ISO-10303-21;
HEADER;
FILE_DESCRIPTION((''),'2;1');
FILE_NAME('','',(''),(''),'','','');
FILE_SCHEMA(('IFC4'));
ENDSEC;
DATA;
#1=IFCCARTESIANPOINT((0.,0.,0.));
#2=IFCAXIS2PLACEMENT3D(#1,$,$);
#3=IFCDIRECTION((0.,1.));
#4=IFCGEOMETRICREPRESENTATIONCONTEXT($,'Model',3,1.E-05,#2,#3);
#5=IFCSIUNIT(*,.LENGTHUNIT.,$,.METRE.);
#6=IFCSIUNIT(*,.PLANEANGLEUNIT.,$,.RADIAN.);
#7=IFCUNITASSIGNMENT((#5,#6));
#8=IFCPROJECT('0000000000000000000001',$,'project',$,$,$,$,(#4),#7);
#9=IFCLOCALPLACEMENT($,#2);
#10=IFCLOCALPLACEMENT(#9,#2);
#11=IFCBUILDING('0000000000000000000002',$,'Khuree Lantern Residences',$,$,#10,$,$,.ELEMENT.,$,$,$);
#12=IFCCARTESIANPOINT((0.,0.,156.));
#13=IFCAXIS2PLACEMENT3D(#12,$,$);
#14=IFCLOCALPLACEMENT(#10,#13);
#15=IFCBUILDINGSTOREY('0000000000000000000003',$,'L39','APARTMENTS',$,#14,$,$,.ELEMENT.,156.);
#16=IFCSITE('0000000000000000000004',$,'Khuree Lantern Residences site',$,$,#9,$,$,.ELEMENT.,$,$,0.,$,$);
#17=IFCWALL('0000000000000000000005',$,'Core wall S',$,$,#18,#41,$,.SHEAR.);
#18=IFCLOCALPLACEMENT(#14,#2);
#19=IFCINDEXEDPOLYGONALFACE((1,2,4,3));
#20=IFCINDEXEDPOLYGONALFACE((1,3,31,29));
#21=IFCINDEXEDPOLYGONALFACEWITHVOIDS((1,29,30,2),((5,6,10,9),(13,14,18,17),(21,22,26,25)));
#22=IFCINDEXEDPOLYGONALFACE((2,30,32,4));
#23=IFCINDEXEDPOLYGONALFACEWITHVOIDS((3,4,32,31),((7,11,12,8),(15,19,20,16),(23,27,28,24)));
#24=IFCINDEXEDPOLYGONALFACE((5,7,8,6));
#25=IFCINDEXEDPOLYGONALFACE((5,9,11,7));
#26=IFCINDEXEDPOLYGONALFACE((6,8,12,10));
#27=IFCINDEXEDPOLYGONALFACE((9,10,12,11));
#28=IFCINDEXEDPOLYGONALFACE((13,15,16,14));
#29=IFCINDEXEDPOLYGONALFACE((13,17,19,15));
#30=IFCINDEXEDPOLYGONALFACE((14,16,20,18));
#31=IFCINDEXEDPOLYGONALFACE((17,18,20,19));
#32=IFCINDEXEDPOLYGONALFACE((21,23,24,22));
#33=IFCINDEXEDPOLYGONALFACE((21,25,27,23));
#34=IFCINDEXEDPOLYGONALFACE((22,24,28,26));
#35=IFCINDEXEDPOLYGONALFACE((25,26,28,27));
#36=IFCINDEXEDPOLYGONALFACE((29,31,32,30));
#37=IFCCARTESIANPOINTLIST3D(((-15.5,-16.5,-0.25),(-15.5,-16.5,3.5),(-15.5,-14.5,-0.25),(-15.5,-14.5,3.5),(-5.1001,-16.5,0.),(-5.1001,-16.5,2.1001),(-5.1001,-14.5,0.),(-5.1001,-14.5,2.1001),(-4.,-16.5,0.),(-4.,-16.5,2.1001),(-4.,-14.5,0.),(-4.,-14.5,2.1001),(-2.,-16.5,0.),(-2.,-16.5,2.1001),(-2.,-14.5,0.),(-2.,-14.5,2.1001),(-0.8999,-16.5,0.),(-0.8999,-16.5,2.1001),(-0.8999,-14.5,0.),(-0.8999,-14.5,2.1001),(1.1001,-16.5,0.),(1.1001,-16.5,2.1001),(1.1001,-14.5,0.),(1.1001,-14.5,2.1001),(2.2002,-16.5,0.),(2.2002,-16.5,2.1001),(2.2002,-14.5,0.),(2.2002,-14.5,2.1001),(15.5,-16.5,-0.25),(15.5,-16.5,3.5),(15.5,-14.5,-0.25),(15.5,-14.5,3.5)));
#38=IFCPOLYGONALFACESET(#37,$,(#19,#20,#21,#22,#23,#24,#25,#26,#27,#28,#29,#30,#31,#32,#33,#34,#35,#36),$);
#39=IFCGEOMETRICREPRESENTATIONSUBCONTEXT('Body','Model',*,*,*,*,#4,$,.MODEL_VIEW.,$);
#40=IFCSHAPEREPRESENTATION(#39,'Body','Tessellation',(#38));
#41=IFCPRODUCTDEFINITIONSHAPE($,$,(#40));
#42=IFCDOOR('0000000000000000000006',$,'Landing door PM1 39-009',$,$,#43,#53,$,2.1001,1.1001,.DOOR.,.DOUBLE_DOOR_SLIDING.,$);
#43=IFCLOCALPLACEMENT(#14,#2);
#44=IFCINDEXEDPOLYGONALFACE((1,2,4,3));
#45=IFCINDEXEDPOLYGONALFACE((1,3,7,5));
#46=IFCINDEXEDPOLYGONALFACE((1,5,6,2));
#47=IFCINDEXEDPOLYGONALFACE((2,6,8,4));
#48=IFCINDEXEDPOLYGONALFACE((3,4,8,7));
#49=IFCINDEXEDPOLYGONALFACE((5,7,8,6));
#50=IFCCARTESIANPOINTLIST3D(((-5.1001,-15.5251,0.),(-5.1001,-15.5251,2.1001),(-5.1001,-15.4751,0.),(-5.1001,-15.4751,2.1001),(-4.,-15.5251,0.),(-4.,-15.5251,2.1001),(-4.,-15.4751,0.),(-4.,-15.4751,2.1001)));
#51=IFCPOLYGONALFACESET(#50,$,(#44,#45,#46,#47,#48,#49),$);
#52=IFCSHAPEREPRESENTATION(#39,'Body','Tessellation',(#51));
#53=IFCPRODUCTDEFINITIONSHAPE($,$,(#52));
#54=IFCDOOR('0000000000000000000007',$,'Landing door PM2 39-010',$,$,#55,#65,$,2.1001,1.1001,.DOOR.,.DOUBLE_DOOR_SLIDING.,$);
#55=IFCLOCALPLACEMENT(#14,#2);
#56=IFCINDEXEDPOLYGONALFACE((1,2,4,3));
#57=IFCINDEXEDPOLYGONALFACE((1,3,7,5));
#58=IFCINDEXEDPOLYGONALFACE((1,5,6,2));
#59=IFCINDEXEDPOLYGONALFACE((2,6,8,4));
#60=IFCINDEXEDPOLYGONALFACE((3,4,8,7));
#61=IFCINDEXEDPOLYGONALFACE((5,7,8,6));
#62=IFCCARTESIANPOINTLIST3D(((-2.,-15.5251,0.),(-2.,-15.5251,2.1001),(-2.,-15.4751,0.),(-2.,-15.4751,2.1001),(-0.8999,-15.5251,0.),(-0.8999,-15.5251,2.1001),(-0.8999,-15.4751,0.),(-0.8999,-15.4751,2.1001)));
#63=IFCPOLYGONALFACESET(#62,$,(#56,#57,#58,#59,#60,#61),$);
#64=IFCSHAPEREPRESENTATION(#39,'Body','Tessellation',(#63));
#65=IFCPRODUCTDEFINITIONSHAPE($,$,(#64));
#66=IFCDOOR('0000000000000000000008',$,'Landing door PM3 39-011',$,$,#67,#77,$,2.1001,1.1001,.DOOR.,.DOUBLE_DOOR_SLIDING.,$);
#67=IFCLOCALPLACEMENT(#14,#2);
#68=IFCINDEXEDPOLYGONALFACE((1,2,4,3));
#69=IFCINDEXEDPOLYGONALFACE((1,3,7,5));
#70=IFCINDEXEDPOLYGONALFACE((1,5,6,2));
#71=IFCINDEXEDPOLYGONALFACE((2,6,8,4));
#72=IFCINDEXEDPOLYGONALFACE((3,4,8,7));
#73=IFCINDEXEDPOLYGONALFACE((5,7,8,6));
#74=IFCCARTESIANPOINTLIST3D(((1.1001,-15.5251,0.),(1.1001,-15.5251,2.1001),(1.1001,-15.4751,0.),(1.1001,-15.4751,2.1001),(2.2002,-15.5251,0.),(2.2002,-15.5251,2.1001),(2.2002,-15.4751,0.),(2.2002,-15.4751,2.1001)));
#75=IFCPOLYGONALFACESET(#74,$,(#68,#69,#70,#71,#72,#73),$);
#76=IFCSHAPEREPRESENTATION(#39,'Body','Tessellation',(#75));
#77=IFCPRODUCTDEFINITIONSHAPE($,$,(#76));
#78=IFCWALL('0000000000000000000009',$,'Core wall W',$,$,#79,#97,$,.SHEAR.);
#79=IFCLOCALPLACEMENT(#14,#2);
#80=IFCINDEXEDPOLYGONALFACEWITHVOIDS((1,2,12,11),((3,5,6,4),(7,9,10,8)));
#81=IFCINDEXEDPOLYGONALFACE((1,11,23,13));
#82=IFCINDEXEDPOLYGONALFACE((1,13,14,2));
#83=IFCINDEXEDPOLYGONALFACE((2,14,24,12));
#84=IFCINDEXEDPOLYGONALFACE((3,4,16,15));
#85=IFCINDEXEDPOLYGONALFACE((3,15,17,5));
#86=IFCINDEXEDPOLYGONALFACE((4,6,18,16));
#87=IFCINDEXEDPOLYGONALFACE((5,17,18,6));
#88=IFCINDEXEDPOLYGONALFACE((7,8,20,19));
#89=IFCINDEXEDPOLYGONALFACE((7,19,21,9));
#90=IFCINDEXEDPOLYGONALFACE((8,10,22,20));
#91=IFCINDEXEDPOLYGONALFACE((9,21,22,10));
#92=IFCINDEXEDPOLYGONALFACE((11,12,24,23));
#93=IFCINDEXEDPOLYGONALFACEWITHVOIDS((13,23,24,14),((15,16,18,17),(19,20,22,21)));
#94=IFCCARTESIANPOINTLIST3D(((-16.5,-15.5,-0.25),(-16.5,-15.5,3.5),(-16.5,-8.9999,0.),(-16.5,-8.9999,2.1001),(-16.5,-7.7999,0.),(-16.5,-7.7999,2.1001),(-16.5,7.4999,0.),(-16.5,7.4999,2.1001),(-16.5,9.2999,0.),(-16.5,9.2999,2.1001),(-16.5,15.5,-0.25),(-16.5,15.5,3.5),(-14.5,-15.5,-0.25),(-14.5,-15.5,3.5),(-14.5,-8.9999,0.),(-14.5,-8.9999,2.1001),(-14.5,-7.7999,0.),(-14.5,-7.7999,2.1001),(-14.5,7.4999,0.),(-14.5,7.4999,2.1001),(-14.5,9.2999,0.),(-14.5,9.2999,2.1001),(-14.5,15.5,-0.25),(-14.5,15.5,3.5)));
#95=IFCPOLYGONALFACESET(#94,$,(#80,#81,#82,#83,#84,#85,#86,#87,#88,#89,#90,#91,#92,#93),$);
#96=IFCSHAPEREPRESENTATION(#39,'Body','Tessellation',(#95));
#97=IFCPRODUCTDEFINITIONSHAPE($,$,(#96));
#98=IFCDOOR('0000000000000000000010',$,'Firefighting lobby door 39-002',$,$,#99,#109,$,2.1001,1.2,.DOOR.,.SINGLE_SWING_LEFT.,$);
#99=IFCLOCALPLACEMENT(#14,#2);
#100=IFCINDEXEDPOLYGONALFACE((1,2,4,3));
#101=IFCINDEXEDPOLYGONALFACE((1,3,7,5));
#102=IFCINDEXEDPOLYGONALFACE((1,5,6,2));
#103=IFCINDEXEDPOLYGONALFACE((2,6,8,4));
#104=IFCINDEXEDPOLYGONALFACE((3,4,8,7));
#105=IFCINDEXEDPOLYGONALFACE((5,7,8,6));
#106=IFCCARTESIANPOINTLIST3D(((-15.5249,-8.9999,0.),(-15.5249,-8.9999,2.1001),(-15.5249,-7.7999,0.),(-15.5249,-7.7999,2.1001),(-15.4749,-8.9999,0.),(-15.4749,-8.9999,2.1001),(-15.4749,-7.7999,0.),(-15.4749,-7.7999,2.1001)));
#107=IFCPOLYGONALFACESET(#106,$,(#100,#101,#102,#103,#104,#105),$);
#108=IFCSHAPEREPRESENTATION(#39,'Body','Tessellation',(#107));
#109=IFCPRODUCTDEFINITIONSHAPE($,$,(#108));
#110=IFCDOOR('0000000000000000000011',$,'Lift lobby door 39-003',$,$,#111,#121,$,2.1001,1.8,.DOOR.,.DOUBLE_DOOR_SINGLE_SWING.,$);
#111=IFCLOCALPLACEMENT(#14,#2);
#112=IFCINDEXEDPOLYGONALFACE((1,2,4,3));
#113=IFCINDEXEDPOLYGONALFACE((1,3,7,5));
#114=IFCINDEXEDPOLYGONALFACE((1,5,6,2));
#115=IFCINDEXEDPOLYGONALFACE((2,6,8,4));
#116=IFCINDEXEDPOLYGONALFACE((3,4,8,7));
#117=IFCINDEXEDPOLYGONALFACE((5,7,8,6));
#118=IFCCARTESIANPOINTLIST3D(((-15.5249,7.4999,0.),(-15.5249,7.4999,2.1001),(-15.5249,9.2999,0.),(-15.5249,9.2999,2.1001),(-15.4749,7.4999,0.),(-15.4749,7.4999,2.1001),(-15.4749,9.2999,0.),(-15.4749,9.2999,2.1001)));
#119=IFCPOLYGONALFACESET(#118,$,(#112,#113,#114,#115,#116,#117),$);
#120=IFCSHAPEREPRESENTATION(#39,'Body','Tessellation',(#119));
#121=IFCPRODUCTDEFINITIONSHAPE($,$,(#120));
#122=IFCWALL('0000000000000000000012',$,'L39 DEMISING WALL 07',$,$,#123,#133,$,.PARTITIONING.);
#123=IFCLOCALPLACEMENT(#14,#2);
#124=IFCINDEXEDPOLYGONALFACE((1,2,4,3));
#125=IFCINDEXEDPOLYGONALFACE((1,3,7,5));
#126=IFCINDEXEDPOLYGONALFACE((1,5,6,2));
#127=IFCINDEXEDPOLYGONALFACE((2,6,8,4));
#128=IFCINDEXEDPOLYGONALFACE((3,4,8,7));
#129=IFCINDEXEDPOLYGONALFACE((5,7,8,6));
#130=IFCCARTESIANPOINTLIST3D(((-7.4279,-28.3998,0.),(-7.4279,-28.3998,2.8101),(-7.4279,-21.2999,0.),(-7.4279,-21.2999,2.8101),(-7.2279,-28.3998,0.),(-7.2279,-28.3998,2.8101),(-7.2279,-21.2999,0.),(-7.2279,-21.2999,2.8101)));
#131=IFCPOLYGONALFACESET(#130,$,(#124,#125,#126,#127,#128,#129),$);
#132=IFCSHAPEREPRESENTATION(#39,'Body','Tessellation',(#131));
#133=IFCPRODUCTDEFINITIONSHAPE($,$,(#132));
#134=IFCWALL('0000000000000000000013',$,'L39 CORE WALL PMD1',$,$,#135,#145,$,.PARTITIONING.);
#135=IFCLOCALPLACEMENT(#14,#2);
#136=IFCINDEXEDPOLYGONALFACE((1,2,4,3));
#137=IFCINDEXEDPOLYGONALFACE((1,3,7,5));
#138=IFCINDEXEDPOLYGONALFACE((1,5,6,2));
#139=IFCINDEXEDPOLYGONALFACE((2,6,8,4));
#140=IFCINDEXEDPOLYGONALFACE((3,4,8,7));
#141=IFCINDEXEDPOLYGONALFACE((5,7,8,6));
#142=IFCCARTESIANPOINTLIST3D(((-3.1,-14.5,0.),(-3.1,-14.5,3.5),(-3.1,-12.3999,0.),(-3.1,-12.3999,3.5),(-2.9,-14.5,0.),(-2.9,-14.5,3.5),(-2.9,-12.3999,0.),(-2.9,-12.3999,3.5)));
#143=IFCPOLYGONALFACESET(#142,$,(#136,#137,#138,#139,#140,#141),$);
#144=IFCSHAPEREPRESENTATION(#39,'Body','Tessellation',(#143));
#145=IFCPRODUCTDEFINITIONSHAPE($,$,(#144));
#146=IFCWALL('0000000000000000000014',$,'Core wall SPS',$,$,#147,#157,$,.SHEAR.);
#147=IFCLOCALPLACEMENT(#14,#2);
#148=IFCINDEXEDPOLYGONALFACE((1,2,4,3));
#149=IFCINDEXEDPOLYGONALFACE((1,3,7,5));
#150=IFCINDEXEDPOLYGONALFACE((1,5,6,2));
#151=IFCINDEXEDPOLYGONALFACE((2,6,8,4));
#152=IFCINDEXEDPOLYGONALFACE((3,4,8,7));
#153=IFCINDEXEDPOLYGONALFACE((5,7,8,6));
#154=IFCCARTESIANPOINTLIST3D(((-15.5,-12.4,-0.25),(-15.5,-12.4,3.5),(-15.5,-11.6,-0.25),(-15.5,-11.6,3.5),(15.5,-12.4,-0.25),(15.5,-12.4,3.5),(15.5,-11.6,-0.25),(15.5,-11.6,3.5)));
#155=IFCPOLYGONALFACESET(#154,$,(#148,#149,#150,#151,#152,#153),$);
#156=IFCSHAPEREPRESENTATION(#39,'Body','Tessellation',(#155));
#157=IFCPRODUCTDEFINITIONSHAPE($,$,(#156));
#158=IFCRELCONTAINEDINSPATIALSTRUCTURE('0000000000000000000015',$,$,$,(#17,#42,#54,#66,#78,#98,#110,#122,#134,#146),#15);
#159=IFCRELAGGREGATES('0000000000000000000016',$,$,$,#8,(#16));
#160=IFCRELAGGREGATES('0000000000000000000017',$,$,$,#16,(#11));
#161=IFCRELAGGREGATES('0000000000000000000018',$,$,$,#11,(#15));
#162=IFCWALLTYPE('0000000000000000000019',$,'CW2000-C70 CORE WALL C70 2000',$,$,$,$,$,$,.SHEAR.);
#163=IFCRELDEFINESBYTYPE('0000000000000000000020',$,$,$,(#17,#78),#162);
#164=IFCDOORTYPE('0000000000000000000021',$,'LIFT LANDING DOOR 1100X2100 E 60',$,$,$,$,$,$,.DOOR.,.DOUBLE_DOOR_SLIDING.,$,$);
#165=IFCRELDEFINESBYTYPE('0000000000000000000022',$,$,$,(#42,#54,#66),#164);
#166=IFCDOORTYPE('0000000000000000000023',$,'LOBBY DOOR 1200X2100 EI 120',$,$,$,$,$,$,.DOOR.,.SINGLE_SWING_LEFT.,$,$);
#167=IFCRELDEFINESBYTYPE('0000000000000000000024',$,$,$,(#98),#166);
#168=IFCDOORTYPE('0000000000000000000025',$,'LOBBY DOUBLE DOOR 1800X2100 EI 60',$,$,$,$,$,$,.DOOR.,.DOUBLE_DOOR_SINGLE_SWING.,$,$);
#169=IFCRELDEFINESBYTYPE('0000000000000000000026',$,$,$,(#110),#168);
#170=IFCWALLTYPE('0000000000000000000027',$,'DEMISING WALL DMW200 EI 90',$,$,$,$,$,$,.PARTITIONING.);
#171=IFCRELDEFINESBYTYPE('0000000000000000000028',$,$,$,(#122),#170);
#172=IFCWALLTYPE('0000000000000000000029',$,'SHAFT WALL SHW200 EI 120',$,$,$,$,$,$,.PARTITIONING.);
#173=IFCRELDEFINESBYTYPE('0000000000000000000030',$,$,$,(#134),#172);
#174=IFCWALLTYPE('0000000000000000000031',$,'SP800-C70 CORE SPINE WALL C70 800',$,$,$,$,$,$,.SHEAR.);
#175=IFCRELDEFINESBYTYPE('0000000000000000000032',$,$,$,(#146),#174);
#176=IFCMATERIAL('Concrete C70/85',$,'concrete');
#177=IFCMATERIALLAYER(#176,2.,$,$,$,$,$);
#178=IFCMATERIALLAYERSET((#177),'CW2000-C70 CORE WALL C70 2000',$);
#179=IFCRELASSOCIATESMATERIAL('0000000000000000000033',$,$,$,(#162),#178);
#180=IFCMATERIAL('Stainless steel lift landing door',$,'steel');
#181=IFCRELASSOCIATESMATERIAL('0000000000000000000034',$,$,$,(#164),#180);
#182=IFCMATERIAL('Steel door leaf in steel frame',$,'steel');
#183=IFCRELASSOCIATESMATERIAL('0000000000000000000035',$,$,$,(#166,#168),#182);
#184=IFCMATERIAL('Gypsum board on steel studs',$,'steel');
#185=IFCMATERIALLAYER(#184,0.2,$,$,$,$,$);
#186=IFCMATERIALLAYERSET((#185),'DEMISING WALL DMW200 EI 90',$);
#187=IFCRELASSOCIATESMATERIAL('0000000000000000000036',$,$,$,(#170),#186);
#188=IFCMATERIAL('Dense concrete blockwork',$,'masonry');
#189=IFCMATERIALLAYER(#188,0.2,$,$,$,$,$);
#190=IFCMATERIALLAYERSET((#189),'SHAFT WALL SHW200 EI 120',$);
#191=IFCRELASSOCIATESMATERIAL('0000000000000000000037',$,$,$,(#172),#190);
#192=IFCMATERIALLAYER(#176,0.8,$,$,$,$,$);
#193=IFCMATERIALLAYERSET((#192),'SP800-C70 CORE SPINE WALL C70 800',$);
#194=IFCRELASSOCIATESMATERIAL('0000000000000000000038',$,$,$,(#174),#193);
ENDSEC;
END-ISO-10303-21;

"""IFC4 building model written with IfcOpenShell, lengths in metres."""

from ifc_helpers import new_model, si_unit, direction, frame, frame_2d, origin, place, context, subcontext, project, spatial, rectangle, extrude, material, layer, layer_set, type_object, element, fill, save


model = new_model("IFC4")

# Units and contexts
model_context = context("Model", 3, precision=1e-05, world=origin(), true_north=direction((0.0, 1.0)))
body_context = subcontext(model_context, "Body", "Model", "MODEL_VIEW")
ifc_project = project(units=[si_unit("LENGTHUNIT", "METRE"), si_unit("PLANEANGLEUNIT", "RADIAN")], contexts=[model_context])

# Site, building, storey
site_placement = place(None, origin())
site = spatial("IfcSite", under=ifc_project, at=site_placement, Name="Khuree Lantern Residences site", CompositionType="ELEMENT", RefElevation=0.0)
building_placement = place(site_placement, origin())
building = spatial("IfcBuilding", under=site, at=building_placement, Name="Khuree Lantern Residences", CompositionType="ELEMENT")
storey_placement = place(building_placement, frame((0.0, 0.0, 156.0)))
storey = spatial("IfcBuildingStorey", under=building, at=storey_placement, Name="L39", Description="APARTMENTS", CompositionType="ELEMENT", Elevation=156.0)

# Shared definitions
ifc_material_1 = material(Name="Concrete C70/85", Category="concrete")

# Shared definitions
ifc_material_2 = material(Name="Dense concrete blockwork", Category="masonry")
ifc_material_3 = material(Name="Stainless steel lift landing door", Category="steel")

# Shared definitions
ifc_material_4 = material(Name="Gypsum board on steel studs", Category="steel")

# Walls, openings, doors
ifc_layer_1 = layer(ifc_material_1, 2.0)
ifc_layer_set_1 = layer_set([ifc_layer_1], Name="CW2000-C70 CORE WALL C70 2000")
wall_type_1 = type_object("IfcWallType", Name="CW2000-C70 CORE WALL C70 2000", PredefinedType="SHEAR", material=ifc_layer_set_1)
wall_1_placement = place(storey_placement, frame((-15.5, -15.5, -0.25), z_axis=(0.0, 0.0, 1.0), x_axis=(1.0, 0.0, 0.0)))
wall_1 = element("IfcWall", 1, at=wall_1_placement, inside=storey, type_object=wall_type_1, Name="Core wall S", PredefinedType="SHEAR", context=body_context, shape_type="SweptSolid", body=[
    extrude(rectangle(XDim=31.0, YDim=2.0, at=frame_2d((15.5, 0.0))), origin(), (0.0, 0.0, 1.0), 3.75),
])
opening_1_placement = place(wall_1_placement, frame((10.3999, 0.0, 0.25)))
opening_1 = element("IfcOpeningElement", 2, at=opening_1_placement, cuts=wall_1, PredefinedType="OPENING", context=body_context, shape_type="SweptSolid", body=[
    extrude(rectangle(XDim=1.1001, YDim=2.1001, at=frame_2d((0.55, 1.05))), frame((0.0, 1.01, 0.0), z_axis=(0.0, -1.0, 0.0), x_axis=(1.0, 0.0, 0.0)), (0.0, 0.0, 1.0), 2.02),
])
opening_2_placement = place(wall_1_placement, frame((13.5, 0.0, 0.25)))
opening_2 = element("IfcOpeningElement", 3, at=opening_2_placement, cuts=wall_1, PredefinedType="OPENING", context=body_context, shape_type="SweptSolid", body=[
    extrude(rectangle(XDim=1.1001, YDim=2.1001, at=frame_2d((0.55, 1.05))), frame((0.0, 1.01, 0.0), z_axis=(0.0, -1.0, 0.0), x_axis=(1.0, 0.0, 0.0)), (0.0, 0.0, 1.0), 2.02),
])
opening_3_placement = place(wall_1_placement, frame((16.6001, 0.0, 0.25)))
opening_3 = element("IfcOpeningElement", 4, at=opening_3_placement, cuts=wall_1, PredefinedType="OPENING", context=body_context, shape_type="SweptSolid", body=[
    extrude(rectangle(XDim=1.1001, YDim=2.1001, at=frame_2d((0.55, 1.05))), frame((0.0, 1.01, 0.0), z_axis=(0.0, -1.0, 0.0), x_axis=(1.0, 0.0, 0.0)), (0.0, 0.0, 1.0), 2.02),
])
door_type_1 = type_object("IfcDoorType", Name="LIFT LANDING DOOR 1100X2100 E 60", OperationType="DOUBLE_DOOR_SLIDING", PredefinedType="DOOR", material=ifc_material_3)
door_1_placement = place(opening_1_placement, origin())
door_1 = element("IfcDoor", 5, at=door_1_placement, inside=storey, type_object=door_type_1, Name="Landing door PM1 39-009", OperationType="DOUBLE_DOOR_SLIDING", OverallHeight=2.1001, OverallWidth=1.1001, PredefinedType="DOOR", context=body_context, shape_type="SweptSolid", body=[
    extrude(rectangle(XDim=1.1001, YDim=2.1001, at=frame_2d((0.55, 1.05))), frame((0.0, 0.0249, 0.0), z_axis=(0.0, -1.0, 0.0), x_axis=(1.0, 0.0, 0.0)), (0.0, 0.0, 1.0), 0.05),
])
fill(opening_1, door_1)
door_2_placement = place(opening_2_placement, origin())
door_2 = element("IfcDoor", 6, at=door_2_placement, inside=storey, type_object=door_type_1, Name="Landing door PM2 39-010", OperationType="DOUBLE_DOOR_SLIDING", OverallHeight=2.1001, OverallWidth=1.1001, PredefinedType="DOOR", context=body_context, shape_type="SweptSolid", body=[
    extrude(rectangle(XDim=1.1001, YDim=2.1001, at=frame_2d((0.55, 1.05))), frame((0.0, 0.0249, 0.0), z_axis=(0.0, -1.0, 0.0), x_axis=(1.0, 0.0, 0.0)), (0.0, 0.0, 1.0), 0.05),
])
fill(opening_2, door_2)
door_3_placement = place(opening_3_placement, origin())
door_3 = element("IfcDoor", 7, at=door_3_placement, inside=storey, type_object=door_type_1, Name="Landing door PM3 39-011", OperationType="DOUBLE_DOOR_SLIDING", OverallHeight=2.1001, OverallWidth=1.1001, PredefinedType="DOOR", context=body_context, shape_type="SweptSolid", body=[
    extrude(rectangle(XDim=1.1001, YDim=2.1001, at=frame_2d((0.55, 1.05))), frame((0.0, 0.0249, 0.0), z_axis=(0.0, -1.0, 0.0), x_axis=(1.0, 0.0, 0.0)), (0.0, 0.0, 1.0), 0.05),
])
fill(opening_3, door_3)
wall_2_placement = place(storey_placement, frame((-15.5, -15.5, -0.25), z_axis=(0.0, 0.0, 1.0), x_axis=(0.0, 1.0, 0.0)))
wall_2 = element("IfcWall", 8, at=wall_2_placement, inside=storey, type_object=wall_type_1, Name="Core wall W", PredefinedType="SHEAR", context=body_context, shape_type="SweptSolid", body=[
    extrude(rectangle(XDim=31.0, YDim=2.0, at=frame_2d((15.5, 0.0))), origin(), (0.0, 0.0, 1.0), 3.75),
])
opening_4_placement = place(wall_2_placement, frame((6.5, 0.0, 0.25)))
opening_4 = element("IfcOpeningElement", 9, at=opening_4_placement, cuts=wall_2, PredefinedType="OPENING", context=body_context, shape_type="SweptSolid", body=[
    extrude(rectangle(XDim=1.2, YDim=2.1001, at=frame_2d((0.6001, 1.05))), frame((0.0, 1.01, 0.0), z_axis=(0.0, -1.0, 0.0), x_axis=(1.0, 0.0, 0.0)), (0.0, 0.0, 1.0), 2.02),
])
opening_5_placement = place(wall_2_placement, frame((23.0, 0.0, 0.25)))
opening_5 = element("IfcOpeningElement", 10, at=opening_5_placement, cuts=wall_2, PredefinedType="OPENING", context=body_context, shape_type="SweptSolid", body=[
    extrude(rectangle(XDim=1.8, YDim=2.1001, at=frame_2d((0.8999, 1.05))), frame((0.0, 1.01, 0.0), z_axis=(0.0, -1.0, 0.0), x_axis=(1.0, 0.0, 0.0)), (0.0, 0.0, 1.0), 2.02),
])
ifc_material_5 = material(Name="Steel door leaf in steel frame", Category="steel")
door_type_2 = type_object("IfcDoorType", Name="LOBBY DOOR 1200X2100 EI 120", OperationType="SINGLE_SWING_LEFT", PredefinedType="DOOR", material=ifc_material_5)
door_4_placement = place(opening_4_placement, origin())
door_4 = element("IfcDoor", 11, at=door_4_placement, inside=storey, type_object=door_type_2, Name="Firefighting lobby door 39-002", OperationType="SINGLE_SWING_LEFT", OverallHeight=2.1001, OverallWidth=1.2, PredefinedType="DOOR", context=body_context, shape_type="SweptSolid", body=[
    extrude(rectangle(XDim=1.2, YDim=2.1001, at=frame_2d((0.6001, 1.05))), frame((0.0, 0.0249, 0.0), z_axis=(0.0, -1.0, 0.0), x_axis=(1.0, 0.0, 0.0)), (0.0, 0.0, 1.0), 0.05),
])
fill(opening_4, door_4)
door_type_3 = type_object("IfcDoorType", Name="LOBBY DOUBLE DOOR 1800X2100 EI 60", OperationType="DOUBLE_DOOR_SINGLE_SWING", PredefinedType="DOOR", material=ifc_material_5)
door_5_placement = place(opening_5_placement, origin())
door_5 = element("IfcDoor", 12, at=door_5_placement, inside=storey, type_object=door_type_3, Name="Lift lobby door 39-003", OperationType="DOUBLE_DOOR_SINGLE_SWING", OverallHeight=2.1001, OverallWidth=1.8, PredefinedType="DOOR", context=body_context, shape_type="SweptSolid", body=[
    extrude(rectangle(XDim=1.8, YDim=2.1001, at=frame_2d((0.8999, 1.05))), frame((0.0, 0.0249, 0.0), z_axis=(0.0, -1.0, 0.0), x_axis=(1.0, 0.0, 0.0)), (0.0, 0.0, 1.0), 0.05),
])
fill(opening_5, door_5)

# Walls
ifc_layer_2 = layer(ifc_material_4, 0.2)
ifc_layer_set_2 = layer_set([ifc_layer_2], Name="DEMISING WALL DMW200 EI 90")
wall_type_2 = type_object("IfcWallType", Name="DEMISING WALL DMW200 EI 90", PredefinedType="PARTITIONING", material=ifc_layer_set_2)
wall_3_placement = place(storey_placement, frame((-7.3279, -21.3, 0.0), z_axis=(0.0, 0.0, 1.0), x_axis=(0.0, -1.0, 0.0)))
element("IfcWall", 13, at=wall_3_placement, inside=storey, type_object=wall_type_2, Name="L39 DEMISING WALL 07", PredefinedType="PARTITIONING", context=body_context, shape_type="SweptSolid", body=[
    extrude(rectangle(XDim=7.0999, YDim=0.2, at=frame_2d((3.5498, 0.0))), origin(), (0.0, 0.0, 1.0), 2.8101),
])
ifc_layer_3 = layer(ifc_material_2, 0.2)
ifc_layer_set_3 = layer_set([ifc_layer_3], Name="SHAFT WALL SHW200 EI 120")
wall_type_3 = type_object("IfcWallType", Name="SHAFT WALL SHW200 EI 120", PredefinedType="PARTITIONING", material=ifc_layer_set_3)
wall_4_placement = place(storey_placement, frame((-3.0, -14.5, 0.0), z_axis=(0.0, 0.0, 1.0), x_axis=(0.0, 1.0, 0.0)))
element("IfcWall", 14, at=wall_4_placement, inside=storey, type_object=wall_type_3, Name="L39 CORE WALL PMD1", PredefinedType="PARTITIONING", context=body_context, shape_type="SweptSolid", body=[
    extrude(rectangle(XDim=2.1001, YDim=0.2, at=frame_2d((1.05, 0.0))), origin(), (0.0, 0.0, 1.0), 3.5),
])
ifc_layer_4 = layer(ifc_material_1, 0.8)
ifc_layer_set_4 = layer_set([ifc_layer_4], Name="SP800-C70 CORE SPINE WALL C70 800")
wall_type_4 = type_object("IfcWallType", Name="SP800-C70 CORE SPINE WALL C70 800", PredefinedType="SHEAR", material=ifc_layer_set_4)
wall_5_placement = place(storey_placement, frame((-15.5, -12.0, -0.25), z_axis=(0.0, 0.0, 1.0), x_axis=(1.0, 0.0, 0.0)))
element("IfcWall", 15, at=wall_5_placement, inside=storey, type_object=wall_type_4, Name="Core wall SPS", PredefinedType="SHEAR", context=body_context, shape_type="SweptSolid", body=[
    extrude(rectangle(XDim=31.0, YDim=0.8, at=frame_2d((15.5, 0.0))), origin(), (0.0, 0.0, 1.0), 3.75),
])

save(model, "model.ifc")
